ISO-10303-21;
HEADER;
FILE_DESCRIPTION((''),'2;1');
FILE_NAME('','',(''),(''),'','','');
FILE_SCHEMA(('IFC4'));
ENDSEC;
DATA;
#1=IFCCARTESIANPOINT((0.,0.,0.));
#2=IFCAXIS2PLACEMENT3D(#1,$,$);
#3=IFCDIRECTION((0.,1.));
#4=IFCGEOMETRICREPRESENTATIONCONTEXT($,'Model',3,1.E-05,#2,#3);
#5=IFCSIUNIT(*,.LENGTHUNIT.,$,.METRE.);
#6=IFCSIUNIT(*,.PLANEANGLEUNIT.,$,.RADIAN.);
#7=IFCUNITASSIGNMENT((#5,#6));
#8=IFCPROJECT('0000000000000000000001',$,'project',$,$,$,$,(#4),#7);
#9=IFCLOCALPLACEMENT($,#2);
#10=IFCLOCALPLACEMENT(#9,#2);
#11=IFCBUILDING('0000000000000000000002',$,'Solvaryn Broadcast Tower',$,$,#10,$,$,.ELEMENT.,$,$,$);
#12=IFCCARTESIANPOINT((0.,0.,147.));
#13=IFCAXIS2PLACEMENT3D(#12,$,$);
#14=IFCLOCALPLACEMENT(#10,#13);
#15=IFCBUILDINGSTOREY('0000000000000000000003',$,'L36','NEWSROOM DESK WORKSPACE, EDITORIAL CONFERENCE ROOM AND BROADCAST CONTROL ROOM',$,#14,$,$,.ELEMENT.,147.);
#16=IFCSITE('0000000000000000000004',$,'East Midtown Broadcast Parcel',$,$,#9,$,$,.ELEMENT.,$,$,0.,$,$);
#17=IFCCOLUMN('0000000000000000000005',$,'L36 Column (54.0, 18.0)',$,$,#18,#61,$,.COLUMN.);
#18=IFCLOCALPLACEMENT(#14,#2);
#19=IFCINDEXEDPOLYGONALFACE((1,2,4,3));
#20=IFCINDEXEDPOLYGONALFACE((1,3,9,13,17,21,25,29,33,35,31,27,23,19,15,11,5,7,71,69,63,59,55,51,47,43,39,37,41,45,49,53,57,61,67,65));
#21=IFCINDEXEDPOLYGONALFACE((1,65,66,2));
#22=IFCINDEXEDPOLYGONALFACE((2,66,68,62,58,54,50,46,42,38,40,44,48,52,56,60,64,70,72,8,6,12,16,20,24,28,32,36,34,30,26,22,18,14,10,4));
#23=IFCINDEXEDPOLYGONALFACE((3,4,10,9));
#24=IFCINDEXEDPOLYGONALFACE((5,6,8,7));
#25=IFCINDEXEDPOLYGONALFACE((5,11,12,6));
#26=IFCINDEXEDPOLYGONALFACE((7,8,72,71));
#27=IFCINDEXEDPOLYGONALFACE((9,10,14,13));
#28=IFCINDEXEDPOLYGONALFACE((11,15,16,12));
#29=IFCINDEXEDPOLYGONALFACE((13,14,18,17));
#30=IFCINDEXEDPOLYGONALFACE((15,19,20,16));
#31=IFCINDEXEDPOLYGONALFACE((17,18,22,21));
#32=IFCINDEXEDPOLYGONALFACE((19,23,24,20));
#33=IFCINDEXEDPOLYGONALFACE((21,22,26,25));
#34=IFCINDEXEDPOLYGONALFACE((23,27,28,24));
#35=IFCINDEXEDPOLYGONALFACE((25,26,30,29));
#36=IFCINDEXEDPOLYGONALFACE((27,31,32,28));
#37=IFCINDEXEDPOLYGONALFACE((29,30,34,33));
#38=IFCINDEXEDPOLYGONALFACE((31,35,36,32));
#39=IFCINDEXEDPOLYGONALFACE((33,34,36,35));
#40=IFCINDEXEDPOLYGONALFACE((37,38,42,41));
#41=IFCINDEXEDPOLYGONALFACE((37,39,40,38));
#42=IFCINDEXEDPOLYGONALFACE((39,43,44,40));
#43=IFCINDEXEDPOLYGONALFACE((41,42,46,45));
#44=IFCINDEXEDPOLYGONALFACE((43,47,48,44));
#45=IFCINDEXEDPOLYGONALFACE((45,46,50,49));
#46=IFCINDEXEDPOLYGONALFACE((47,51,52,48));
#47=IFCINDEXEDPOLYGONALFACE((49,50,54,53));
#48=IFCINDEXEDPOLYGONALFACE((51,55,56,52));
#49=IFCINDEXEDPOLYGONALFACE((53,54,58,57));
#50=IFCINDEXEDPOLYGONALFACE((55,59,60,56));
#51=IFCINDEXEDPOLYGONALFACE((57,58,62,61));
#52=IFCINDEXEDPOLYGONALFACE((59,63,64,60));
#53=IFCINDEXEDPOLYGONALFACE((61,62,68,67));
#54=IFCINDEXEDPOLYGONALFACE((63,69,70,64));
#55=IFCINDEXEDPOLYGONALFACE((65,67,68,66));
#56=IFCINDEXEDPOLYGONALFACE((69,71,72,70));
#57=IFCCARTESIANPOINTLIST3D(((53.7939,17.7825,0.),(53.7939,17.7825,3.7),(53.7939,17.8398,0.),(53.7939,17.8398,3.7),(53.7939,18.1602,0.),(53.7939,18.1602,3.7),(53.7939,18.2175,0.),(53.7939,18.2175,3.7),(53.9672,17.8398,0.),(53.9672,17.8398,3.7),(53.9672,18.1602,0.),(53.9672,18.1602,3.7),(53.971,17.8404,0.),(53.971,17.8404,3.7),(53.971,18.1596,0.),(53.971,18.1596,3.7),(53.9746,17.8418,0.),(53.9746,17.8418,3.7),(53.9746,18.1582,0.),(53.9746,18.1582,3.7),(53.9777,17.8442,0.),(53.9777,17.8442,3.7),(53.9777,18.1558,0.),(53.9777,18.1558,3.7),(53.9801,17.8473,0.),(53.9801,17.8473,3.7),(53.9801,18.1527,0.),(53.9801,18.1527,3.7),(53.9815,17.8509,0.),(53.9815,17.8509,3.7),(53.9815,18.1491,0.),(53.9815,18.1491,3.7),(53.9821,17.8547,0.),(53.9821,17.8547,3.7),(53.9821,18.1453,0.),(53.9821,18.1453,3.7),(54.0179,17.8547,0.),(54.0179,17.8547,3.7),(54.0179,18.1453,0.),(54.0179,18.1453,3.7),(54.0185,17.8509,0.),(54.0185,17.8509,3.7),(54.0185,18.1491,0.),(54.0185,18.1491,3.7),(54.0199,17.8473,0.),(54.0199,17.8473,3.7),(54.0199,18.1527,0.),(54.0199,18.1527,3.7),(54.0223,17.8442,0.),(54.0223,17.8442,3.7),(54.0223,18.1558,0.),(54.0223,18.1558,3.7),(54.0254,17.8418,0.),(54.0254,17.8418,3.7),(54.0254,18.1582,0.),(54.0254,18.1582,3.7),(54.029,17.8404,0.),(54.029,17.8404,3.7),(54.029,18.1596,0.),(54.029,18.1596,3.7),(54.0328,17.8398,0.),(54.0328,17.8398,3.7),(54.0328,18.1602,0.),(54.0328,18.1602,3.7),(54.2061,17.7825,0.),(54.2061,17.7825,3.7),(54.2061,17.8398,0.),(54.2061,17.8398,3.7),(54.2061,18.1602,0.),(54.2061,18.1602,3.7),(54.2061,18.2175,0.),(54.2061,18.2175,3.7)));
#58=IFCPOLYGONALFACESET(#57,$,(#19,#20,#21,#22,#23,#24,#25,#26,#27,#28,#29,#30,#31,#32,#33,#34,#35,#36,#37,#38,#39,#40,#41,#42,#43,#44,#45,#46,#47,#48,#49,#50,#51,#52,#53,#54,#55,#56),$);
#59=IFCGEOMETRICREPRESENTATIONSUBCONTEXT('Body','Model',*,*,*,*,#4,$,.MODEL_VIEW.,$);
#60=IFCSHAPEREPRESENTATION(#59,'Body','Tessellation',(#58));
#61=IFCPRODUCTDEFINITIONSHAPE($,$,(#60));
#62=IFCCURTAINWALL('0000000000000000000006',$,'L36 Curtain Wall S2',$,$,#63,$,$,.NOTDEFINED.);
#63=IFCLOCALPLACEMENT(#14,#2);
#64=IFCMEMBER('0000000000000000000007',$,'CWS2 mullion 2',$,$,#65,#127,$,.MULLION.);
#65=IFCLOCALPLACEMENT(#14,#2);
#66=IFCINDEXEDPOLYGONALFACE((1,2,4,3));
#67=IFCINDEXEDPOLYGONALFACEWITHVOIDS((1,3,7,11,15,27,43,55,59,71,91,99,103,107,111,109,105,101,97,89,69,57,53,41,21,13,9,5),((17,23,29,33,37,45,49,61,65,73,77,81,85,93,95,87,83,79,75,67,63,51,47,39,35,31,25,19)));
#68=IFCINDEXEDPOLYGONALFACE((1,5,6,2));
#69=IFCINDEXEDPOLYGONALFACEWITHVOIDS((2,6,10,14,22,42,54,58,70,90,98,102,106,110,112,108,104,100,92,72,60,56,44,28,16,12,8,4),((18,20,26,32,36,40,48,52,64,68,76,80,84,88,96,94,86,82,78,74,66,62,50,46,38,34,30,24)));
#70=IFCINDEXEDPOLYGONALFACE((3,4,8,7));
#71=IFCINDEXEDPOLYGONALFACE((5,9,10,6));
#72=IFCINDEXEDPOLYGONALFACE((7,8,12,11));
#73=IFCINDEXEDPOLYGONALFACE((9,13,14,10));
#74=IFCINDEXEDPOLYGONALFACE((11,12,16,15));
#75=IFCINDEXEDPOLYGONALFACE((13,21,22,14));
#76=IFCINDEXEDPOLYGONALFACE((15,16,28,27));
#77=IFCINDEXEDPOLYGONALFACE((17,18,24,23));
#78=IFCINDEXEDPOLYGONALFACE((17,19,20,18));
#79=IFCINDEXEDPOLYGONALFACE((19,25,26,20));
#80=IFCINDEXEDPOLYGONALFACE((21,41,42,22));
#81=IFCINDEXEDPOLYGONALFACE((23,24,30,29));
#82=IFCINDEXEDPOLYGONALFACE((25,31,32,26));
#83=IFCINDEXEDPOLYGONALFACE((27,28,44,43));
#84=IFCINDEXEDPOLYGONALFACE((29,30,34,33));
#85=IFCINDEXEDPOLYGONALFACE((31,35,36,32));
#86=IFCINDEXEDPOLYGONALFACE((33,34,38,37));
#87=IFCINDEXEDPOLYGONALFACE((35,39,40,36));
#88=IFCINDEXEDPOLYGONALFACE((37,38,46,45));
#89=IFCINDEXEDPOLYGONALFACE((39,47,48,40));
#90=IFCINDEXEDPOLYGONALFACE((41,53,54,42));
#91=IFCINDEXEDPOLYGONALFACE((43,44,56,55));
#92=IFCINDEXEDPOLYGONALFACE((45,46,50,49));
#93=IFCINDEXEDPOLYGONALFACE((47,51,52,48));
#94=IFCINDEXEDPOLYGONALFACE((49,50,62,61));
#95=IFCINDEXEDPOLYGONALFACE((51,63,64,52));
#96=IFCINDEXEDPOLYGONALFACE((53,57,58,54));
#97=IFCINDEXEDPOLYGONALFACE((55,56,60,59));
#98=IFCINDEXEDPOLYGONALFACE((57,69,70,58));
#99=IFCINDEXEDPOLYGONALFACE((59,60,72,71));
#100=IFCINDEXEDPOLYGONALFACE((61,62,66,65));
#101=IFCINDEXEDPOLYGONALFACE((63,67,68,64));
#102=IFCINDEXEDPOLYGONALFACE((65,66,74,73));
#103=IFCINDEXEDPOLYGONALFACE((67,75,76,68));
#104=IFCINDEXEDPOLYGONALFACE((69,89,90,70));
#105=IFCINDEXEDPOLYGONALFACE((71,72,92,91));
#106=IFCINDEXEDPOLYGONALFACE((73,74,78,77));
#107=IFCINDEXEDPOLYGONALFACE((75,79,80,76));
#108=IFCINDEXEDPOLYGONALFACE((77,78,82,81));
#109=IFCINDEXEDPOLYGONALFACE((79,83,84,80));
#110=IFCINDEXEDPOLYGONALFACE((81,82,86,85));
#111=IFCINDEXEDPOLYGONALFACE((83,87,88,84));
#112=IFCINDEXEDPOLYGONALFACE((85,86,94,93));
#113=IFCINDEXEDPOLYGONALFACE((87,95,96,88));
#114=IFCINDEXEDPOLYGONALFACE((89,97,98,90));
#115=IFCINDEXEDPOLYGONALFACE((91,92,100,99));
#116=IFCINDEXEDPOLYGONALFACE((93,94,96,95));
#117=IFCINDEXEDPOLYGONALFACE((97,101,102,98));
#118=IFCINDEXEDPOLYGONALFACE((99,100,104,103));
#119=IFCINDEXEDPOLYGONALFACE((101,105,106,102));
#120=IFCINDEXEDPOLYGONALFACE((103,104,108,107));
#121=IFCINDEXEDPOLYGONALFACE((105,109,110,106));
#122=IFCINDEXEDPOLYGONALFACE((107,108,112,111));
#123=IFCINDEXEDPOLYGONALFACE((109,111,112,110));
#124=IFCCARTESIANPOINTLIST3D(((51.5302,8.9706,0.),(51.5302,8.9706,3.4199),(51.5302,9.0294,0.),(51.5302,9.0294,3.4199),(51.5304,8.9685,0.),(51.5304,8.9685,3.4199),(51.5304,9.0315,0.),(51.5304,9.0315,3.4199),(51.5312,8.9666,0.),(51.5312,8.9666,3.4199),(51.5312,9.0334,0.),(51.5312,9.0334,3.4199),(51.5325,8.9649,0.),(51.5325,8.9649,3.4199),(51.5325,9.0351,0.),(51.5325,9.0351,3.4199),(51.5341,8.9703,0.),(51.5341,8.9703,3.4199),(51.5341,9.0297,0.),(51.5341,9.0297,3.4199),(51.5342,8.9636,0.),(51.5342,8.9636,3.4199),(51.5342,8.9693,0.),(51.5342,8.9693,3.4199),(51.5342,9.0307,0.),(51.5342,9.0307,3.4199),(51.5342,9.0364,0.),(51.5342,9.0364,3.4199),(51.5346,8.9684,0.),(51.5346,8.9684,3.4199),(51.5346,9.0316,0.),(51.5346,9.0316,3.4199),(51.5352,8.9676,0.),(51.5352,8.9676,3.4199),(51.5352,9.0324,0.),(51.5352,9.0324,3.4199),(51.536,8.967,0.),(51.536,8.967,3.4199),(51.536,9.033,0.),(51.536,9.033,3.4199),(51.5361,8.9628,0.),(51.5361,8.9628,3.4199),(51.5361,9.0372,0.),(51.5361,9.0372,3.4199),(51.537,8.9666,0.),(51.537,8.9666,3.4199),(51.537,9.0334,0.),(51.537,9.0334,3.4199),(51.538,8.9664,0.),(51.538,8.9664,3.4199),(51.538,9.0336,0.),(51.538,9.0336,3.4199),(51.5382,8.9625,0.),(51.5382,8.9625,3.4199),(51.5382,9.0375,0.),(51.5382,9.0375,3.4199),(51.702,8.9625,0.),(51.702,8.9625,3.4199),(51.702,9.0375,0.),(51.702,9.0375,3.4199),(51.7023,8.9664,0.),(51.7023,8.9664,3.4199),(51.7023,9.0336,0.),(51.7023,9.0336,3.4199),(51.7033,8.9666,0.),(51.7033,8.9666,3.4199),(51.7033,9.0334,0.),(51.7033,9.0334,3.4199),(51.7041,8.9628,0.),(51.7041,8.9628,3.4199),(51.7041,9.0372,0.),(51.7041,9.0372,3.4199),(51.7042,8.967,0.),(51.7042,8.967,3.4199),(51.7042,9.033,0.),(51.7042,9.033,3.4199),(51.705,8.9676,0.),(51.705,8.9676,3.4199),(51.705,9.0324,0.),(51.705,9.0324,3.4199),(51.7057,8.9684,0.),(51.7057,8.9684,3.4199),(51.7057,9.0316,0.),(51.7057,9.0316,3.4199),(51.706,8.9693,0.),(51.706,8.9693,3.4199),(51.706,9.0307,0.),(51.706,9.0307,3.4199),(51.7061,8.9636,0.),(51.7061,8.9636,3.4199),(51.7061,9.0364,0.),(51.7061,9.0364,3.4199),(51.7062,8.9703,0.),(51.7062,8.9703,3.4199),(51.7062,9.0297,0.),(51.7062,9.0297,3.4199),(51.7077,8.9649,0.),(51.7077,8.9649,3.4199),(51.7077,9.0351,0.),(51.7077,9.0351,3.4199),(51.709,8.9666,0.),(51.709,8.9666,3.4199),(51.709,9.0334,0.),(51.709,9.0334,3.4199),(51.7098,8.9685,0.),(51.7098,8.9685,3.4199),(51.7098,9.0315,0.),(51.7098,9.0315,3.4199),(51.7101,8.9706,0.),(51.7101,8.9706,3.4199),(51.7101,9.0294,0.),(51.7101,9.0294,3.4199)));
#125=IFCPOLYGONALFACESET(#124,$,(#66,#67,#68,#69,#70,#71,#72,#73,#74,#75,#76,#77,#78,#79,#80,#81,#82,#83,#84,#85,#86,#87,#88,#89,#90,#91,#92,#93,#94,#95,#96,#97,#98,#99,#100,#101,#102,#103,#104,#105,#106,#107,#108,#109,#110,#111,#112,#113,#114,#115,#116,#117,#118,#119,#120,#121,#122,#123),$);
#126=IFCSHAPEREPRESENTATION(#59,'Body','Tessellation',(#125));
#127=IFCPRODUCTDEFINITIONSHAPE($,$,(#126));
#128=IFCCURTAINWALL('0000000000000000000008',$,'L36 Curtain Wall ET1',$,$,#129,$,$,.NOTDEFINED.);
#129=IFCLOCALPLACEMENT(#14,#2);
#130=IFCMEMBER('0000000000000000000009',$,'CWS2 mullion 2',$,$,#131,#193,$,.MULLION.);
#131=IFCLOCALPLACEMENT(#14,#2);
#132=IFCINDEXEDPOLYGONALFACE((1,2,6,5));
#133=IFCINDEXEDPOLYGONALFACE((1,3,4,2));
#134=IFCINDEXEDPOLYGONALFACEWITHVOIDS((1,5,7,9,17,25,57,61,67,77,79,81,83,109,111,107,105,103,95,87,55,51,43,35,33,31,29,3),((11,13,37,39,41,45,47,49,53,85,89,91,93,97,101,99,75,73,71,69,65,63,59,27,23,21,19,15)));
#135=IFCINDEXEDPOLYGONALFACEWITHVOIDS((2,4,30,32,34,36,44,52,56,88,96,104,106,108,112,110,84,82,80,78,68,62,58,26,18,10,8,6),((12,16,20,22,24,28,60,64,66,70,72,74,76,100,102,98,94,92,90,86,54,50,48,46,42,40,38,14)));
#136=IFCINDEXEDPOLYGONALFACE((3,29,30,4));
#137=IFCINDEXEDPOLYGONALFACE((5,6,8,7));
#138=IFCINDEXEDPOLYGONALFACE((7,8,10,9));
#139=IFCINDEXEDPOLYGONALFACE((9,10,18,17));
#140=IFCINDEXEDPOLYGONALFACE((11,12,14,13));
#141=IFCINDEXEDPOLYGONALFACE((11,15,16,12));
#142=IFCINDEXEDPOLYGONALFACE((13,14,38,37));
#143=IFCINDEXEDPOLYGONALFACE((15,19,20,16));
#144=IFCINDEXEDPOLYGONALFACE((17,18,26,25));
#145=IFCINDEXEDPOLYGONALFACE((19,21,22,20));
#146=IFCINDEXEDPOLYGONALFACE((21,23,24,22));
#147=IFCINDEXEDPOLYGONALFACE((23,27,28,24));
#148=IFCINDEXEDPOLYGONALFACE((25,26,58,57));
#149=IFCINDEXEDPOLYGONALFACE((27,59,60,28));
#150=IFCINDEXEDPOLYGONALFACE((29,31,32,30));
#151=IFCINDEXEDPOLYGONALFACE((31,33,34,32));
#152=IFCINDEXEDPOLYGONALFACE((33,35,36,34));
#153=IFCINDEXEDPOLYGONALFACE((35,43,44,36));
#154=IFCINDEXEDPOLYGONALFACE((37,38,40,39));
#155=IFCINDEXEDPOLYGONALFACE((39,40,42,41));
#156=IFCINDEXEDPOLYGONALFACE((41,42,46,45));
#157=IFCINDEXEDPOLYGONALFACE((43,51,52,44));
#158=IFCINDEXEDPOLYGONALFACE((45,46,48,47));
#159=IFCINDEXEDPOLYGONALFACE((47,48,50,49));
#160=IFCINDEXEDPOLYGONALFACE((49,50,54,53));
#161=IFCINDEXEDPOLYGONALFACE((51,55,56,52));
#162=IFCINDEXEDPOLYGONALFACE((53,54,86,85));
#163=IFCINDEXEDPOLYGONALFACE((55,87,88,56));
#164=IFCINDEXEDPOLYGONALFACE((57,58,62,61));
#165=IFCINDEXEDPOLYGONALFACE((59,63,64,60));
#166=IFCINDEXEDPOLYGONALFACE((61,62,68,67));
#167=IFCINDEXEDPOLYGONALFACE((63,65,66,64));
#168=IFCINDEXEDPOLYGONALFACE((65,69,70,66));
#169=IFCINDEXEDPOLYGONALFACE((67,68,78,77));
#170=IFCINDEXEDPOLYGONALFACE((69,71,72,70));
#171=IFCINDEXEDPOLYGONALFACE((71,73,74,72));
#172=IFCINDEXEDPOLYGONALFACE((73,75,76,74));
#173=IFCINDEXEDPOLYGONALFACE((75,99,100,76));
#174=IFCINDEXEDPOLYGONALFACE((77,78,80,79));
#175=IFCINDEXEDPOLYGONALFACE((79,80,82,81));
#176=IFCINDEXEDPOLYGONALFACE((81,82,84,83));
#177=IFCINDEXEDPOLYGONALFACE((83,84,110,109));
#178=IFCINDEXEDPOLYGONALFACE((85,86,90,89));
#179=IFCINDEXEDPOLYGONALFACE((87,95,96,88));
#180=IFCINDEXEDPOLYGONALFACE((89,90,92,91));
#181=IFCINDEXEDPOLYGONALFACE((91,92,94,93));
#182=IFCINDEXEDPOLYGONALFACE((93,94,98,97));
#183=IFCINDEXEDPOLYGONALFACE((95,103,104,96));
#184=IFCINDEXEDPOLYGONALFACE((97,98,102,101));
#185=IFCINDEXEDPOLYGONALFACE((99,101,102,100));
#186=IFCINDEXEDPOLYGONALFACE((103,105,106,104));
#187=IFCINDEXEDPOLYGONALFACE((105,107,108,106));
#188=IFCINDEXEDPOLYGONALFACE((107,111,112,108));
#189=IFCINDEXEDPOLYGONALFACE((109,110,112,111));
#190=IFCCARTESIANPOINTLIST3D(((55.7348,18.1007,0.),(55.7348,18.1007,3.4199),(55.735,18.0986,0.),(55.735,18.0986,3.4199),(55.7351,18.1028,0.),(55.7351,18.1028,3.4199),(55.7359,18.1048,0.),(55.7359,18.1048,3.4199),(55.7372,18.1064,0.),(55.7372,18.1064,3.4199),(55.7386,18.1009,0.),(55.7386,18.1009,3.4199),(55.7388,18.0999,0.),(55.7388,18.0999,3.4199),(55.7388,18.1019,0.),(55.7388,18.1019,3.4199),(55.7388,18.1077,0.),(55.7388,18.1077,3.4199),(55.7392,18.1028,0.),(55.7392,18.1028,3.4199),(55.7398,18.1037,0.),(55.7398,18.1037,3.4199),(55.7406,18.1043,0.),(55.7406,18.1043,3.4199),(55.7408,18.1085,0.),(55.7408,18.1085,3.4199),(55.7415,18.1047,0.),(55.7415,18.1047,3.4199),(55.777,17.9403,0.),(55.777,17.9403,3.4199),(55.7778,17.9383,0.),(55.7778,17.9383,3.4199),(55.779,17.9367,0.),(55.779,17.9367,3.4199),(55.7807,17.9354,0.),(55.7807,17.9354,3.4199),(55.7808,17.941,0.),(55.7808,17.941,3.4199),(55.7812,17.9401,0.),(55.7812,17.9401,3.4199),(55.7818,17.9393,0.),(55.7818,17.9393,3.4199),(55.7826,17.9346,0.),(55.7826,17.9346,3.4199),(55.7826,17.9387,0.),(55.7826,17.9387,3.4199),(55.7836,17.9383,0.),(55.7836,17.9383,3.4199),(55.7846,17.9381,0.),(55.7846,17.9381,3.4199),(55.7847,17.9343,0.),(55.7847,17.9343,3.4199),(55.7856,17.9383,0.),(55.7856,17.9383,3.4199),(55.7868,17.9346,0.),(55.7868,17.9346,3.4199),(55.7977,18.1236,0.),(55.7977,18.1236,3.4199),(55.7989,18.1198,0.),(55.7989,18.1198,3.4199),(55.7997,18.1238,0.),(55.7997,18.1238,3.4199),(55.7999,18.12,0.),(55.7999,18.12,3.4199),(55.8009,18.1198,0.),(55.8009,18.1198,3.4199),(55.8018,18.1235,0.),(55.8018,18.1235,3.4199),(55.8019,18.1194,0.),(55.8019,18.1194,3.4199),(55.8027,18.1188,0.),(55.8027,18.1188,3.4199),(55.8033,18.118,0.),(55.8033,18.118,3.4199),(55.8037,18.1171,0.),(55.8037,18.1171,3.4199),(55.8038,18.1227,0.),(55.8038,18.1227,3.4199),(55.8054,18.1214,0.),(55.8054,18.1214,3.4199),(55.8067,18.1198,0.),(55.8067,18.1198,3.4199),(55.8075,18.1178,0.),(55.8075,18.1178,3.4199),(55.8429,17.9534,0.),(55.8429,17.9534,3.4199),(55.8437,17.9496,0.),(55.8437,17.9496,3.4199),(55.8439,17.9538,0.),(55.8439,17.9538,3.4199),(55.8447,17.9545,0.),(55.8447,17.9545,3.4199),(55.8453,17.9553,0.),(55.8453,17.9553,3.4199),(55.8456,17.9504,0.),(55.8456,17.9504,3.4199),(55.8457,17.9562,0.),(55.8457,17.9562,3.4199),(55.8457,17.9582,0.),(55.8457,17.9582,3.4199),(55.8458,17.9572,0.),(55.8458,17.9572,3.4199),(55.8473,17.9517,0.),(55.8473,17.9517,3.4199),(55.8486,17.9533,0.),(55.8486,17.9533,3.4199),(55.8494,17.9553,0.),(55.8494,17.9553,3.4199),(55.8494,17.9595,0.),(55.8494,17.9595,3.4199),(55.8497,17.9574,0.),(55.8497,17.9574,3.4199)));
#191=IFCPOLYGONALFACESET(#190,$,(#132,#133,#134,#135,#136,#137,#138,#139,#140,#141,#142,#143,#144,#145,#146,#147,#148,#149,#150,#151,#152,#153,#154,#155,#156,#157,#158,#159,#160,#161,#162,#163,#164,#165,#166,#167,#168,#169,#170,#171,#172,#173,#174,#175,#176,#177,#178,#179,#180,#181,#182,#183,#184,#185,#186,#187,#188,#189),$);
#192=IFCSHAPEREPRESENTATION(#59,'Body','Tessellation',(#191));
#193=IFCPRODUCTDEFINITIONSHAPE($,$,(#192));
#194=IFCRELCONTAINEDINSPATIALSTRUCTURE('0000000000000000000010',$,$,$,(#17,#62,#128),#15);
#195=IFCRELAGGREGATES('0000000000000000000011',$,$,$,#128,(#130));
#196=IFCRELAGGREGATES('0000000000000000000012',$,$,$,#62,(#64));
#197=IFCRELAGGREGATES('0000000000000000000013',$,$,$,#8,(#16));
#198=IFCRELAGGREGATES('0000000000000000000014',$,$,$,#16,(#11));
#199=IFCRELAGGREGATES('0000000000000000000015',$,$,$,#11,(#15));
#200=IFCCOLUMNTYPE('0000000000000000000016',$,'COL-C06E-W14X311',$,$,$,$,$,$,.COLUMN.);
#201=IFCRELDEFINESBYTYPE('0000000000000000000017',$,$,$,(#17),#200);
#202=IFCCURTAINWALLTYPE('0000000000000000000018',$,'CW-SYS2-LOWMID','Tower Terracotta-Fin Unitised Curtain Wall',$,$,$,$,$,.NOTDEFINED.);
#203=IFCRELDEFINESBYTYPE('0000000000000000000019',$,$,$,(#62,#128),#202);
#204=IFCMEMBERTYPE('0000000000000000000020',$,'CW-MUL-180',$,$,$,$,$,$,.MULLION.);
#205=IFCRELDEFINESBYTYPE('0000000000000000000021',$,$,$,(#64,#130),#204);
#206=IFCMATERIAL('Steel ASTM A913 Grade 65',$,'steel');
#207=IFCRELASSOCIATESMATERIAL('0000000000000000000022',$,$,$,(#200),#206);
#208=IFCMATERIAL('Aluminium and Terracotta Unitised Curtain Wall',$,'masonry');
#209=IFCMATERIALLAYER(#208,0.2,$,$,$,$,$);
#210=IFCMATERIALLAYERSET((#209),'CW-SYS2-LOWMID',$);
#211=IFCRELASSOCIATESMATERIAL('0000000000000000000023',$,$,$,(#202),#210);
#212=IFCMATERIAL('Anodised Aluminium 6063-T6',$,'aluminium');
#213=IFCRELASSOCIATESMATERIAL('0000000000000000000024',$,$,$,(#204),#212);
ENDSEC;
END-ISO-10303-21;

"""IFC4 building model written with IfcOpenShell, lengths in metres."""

from ifc_helpers import new_model, si_unit, direction, frame, origin, origin_2d, place, context, subcontext, project, spatial, hollow_rectangle, i_section, extrude, material, layer, layer_set, material_profile, profile_set, type_object, element, aggregate, save


model = new_model("IFC4")

# Units and contexts
model_context = context("Model", 3, precision=1e-05, world=origin(), true_north=direction((0.0, 1.0)))
body_context = subcontext(model_context, "Body", "Model", "MODEL_VIEW")
ifc_project = project(units=[si_unit("LENGTHUNIT", "METRE"), si_unit("PLANEANGLEUNIT", "RADIAN")], contexts=[model_context])

# Site, building, storey
site_placement = place(None, origin())
site = spatial("IfcSite", under=ifc_project, at=site_placement, Name="East Midtown Broadcast Parcel", CompositionType="ELEMENT", RefElevation=0.0)
building_placement = place(site_placement, origin())
building = spatial("IfcBuilding", under=site, at=building_placement, Name="Solvaryn Broadcast Tower", CompositionType="ELEMENT")
storey_placement = place(building_placement, frame((0.0, 0.0, 147.0)))
storey = spatial("IfcBuildingStorey", under=building, at=storey_placement, Name="L36", Description="NEWSROOM DESK WORKSPACE, EDITORIAL CONFERENCE ROOM AND BROADCAST CONTROL ROOM", CompositionType="ELEMENT", Elevation=147.0)

# Column
ifc_material_1 = material(Name="Steel ASTM A913 Grade 65", Category="steel")
ifc_material_profile_1 = material_profile(ifc_material_1, i_section(OverallWidth=0.4121, OverallDepth=0.4351, WebThickness=0.0359, FlangeThickness=0.0574, FilletRadius=0.0149, at=origin_2d()))
ifc_profile_set_1 = profile_set([ifc_material_profile_1], Name="Steel ASTM A913 Grade 65")
column_type = type_object("IfcColumnType", Name="COL-C06E-W14X311", PredefinedType="COLUMN", material=ifc_profile_set_1)
column_placement = place(storey_placement, frame((54.0, 18.0, 0.0), z_axis=(0.0, 0.0, 1.0), x_axis=(1.0, 0.0, 0.0)))
element("IfcColumn", 1, at=column_placement, inside=storey, type_object=column_type, Name="L36 Column (54.0, 18.0)", PredefinedType="COLUMN", context=body_context, shape_type="SweptSolid", body=[
    extrude(i_section(OverallWidth=0.4121, OverallDepth=0.4351, WebThickness=0.0359, FlangeThickness=0.0574, FilletRadius=0.0149, at=origin_2d()), origin(), (0.0, 0.0, 1.0), 3.7),
])

# Curtain walls, members
ifc_material_2 = material(Name="Aluminium and Terracotta Unitised Curtain Wall", Category="masonry")
ifc_layer_1 = layer(ifc_material_2, 0.2)
ifc_layer_set_1 = layer_set([ifc_layer_1], Name="CW-SYS2-LOWMID")
curtain_wall_type = type_object("IfcCurtainWallType", Name="CW-SYS2-LOWMID", Description="Tower Terracotta-Fin Unitised Curtain Wall", PredefinedType="NOTDEFINED", material=ifc_layer_set_1)
curtain_wall_1_placement = place(storey_placement, origin())
curtain_wall_1 = element("IfcCurtainWall", 2, at=curtain_wall_1_placement, inside=storey, type_object=curtain_wall_type, Name="L36 Curtain Wall S2", PredefinedType="NOTDEFINED")
ifc_material_3 = material(Name="Anodised Aluminium 6063-T6", Category="aluminium")
ifc_material_profile_2 = material_profile(ifc_material_3, hollow_rectangle(XDim=0.075, YDim=0.1799, WallThickness=0.0039, InnerFilletRadius=0.0039, OuterFilletRadius=0.0081, at=origin_2d()))
ifc_profile_set_2 = profile_set([ifc_material_profile_2], Name="Anodised Aluminium 6063-T6")
member_type_1 = type_object("IfcMemberType", Name="CW-MUL-180", PredefinedType="MULLION", material=ifc_profile_set_2)
member_1_placement = place(storey_placement, frame((51.6201, 9.0, 0.0), z_axis=(0.0, 0.0, 1.0), x_axis=(0.0, 1.0, 0.0)))
member_1 = element("IfcMember", 3, at=member_1_placement, type_object=member_type_1, Name="CWS2 mullion 2", PredefinedType="MULLION", context=body_context, shape_type="SweptSolid", body=[
    extrude(hollow_rectangle(XDim=0.075, YDim=0.1799, WallThickness=0.0039, InnerFilletRadius=0.0039, OuterFilletRadius=0.0081, at=origin_2d()), origin(), (0.0, 0.0, 1.0), 3.4199),
])
curtain_wall_2_placement = place(storey_placement, origin())
curtain_wall_2 = element("IfcCurtainWall", 4, at=curtain_wall_2_placement, inside=storey, type_object=curtain_wall_type, Name="L36 Curtain Wall ET1", PredefinedType="NOTDEFINED")
member_2_placement = place(storey_placement, frame((55.7922, 18.0291, 0.0), z_axis=(0.0, 0.0, 1.0), x_axis=(0.966705, 0.255893, 0.0)))
member_2 = element("IfcMember", 5, at=member_2_placement, type_object=member_type_1, Name="CWS2 mullion 2", PredefinedType="MULLION", context=body_context, shape_type="SweptSolid", body=[
    extrude(hollow_rectangle(XDim=0.075, YDim=0.1799, WallThickness=0.0039, InnerFilletRadius=0.0039, OuterFilletRadius=0.0081, at=origin_2d()), origin(), (0.0, 0.0, 1.0), 3.4199),
])
aggregate(curtain_wall_2, [member_2])

aggregate(curtain_wall_1, [member_1])

save(model, "model.ifc")
